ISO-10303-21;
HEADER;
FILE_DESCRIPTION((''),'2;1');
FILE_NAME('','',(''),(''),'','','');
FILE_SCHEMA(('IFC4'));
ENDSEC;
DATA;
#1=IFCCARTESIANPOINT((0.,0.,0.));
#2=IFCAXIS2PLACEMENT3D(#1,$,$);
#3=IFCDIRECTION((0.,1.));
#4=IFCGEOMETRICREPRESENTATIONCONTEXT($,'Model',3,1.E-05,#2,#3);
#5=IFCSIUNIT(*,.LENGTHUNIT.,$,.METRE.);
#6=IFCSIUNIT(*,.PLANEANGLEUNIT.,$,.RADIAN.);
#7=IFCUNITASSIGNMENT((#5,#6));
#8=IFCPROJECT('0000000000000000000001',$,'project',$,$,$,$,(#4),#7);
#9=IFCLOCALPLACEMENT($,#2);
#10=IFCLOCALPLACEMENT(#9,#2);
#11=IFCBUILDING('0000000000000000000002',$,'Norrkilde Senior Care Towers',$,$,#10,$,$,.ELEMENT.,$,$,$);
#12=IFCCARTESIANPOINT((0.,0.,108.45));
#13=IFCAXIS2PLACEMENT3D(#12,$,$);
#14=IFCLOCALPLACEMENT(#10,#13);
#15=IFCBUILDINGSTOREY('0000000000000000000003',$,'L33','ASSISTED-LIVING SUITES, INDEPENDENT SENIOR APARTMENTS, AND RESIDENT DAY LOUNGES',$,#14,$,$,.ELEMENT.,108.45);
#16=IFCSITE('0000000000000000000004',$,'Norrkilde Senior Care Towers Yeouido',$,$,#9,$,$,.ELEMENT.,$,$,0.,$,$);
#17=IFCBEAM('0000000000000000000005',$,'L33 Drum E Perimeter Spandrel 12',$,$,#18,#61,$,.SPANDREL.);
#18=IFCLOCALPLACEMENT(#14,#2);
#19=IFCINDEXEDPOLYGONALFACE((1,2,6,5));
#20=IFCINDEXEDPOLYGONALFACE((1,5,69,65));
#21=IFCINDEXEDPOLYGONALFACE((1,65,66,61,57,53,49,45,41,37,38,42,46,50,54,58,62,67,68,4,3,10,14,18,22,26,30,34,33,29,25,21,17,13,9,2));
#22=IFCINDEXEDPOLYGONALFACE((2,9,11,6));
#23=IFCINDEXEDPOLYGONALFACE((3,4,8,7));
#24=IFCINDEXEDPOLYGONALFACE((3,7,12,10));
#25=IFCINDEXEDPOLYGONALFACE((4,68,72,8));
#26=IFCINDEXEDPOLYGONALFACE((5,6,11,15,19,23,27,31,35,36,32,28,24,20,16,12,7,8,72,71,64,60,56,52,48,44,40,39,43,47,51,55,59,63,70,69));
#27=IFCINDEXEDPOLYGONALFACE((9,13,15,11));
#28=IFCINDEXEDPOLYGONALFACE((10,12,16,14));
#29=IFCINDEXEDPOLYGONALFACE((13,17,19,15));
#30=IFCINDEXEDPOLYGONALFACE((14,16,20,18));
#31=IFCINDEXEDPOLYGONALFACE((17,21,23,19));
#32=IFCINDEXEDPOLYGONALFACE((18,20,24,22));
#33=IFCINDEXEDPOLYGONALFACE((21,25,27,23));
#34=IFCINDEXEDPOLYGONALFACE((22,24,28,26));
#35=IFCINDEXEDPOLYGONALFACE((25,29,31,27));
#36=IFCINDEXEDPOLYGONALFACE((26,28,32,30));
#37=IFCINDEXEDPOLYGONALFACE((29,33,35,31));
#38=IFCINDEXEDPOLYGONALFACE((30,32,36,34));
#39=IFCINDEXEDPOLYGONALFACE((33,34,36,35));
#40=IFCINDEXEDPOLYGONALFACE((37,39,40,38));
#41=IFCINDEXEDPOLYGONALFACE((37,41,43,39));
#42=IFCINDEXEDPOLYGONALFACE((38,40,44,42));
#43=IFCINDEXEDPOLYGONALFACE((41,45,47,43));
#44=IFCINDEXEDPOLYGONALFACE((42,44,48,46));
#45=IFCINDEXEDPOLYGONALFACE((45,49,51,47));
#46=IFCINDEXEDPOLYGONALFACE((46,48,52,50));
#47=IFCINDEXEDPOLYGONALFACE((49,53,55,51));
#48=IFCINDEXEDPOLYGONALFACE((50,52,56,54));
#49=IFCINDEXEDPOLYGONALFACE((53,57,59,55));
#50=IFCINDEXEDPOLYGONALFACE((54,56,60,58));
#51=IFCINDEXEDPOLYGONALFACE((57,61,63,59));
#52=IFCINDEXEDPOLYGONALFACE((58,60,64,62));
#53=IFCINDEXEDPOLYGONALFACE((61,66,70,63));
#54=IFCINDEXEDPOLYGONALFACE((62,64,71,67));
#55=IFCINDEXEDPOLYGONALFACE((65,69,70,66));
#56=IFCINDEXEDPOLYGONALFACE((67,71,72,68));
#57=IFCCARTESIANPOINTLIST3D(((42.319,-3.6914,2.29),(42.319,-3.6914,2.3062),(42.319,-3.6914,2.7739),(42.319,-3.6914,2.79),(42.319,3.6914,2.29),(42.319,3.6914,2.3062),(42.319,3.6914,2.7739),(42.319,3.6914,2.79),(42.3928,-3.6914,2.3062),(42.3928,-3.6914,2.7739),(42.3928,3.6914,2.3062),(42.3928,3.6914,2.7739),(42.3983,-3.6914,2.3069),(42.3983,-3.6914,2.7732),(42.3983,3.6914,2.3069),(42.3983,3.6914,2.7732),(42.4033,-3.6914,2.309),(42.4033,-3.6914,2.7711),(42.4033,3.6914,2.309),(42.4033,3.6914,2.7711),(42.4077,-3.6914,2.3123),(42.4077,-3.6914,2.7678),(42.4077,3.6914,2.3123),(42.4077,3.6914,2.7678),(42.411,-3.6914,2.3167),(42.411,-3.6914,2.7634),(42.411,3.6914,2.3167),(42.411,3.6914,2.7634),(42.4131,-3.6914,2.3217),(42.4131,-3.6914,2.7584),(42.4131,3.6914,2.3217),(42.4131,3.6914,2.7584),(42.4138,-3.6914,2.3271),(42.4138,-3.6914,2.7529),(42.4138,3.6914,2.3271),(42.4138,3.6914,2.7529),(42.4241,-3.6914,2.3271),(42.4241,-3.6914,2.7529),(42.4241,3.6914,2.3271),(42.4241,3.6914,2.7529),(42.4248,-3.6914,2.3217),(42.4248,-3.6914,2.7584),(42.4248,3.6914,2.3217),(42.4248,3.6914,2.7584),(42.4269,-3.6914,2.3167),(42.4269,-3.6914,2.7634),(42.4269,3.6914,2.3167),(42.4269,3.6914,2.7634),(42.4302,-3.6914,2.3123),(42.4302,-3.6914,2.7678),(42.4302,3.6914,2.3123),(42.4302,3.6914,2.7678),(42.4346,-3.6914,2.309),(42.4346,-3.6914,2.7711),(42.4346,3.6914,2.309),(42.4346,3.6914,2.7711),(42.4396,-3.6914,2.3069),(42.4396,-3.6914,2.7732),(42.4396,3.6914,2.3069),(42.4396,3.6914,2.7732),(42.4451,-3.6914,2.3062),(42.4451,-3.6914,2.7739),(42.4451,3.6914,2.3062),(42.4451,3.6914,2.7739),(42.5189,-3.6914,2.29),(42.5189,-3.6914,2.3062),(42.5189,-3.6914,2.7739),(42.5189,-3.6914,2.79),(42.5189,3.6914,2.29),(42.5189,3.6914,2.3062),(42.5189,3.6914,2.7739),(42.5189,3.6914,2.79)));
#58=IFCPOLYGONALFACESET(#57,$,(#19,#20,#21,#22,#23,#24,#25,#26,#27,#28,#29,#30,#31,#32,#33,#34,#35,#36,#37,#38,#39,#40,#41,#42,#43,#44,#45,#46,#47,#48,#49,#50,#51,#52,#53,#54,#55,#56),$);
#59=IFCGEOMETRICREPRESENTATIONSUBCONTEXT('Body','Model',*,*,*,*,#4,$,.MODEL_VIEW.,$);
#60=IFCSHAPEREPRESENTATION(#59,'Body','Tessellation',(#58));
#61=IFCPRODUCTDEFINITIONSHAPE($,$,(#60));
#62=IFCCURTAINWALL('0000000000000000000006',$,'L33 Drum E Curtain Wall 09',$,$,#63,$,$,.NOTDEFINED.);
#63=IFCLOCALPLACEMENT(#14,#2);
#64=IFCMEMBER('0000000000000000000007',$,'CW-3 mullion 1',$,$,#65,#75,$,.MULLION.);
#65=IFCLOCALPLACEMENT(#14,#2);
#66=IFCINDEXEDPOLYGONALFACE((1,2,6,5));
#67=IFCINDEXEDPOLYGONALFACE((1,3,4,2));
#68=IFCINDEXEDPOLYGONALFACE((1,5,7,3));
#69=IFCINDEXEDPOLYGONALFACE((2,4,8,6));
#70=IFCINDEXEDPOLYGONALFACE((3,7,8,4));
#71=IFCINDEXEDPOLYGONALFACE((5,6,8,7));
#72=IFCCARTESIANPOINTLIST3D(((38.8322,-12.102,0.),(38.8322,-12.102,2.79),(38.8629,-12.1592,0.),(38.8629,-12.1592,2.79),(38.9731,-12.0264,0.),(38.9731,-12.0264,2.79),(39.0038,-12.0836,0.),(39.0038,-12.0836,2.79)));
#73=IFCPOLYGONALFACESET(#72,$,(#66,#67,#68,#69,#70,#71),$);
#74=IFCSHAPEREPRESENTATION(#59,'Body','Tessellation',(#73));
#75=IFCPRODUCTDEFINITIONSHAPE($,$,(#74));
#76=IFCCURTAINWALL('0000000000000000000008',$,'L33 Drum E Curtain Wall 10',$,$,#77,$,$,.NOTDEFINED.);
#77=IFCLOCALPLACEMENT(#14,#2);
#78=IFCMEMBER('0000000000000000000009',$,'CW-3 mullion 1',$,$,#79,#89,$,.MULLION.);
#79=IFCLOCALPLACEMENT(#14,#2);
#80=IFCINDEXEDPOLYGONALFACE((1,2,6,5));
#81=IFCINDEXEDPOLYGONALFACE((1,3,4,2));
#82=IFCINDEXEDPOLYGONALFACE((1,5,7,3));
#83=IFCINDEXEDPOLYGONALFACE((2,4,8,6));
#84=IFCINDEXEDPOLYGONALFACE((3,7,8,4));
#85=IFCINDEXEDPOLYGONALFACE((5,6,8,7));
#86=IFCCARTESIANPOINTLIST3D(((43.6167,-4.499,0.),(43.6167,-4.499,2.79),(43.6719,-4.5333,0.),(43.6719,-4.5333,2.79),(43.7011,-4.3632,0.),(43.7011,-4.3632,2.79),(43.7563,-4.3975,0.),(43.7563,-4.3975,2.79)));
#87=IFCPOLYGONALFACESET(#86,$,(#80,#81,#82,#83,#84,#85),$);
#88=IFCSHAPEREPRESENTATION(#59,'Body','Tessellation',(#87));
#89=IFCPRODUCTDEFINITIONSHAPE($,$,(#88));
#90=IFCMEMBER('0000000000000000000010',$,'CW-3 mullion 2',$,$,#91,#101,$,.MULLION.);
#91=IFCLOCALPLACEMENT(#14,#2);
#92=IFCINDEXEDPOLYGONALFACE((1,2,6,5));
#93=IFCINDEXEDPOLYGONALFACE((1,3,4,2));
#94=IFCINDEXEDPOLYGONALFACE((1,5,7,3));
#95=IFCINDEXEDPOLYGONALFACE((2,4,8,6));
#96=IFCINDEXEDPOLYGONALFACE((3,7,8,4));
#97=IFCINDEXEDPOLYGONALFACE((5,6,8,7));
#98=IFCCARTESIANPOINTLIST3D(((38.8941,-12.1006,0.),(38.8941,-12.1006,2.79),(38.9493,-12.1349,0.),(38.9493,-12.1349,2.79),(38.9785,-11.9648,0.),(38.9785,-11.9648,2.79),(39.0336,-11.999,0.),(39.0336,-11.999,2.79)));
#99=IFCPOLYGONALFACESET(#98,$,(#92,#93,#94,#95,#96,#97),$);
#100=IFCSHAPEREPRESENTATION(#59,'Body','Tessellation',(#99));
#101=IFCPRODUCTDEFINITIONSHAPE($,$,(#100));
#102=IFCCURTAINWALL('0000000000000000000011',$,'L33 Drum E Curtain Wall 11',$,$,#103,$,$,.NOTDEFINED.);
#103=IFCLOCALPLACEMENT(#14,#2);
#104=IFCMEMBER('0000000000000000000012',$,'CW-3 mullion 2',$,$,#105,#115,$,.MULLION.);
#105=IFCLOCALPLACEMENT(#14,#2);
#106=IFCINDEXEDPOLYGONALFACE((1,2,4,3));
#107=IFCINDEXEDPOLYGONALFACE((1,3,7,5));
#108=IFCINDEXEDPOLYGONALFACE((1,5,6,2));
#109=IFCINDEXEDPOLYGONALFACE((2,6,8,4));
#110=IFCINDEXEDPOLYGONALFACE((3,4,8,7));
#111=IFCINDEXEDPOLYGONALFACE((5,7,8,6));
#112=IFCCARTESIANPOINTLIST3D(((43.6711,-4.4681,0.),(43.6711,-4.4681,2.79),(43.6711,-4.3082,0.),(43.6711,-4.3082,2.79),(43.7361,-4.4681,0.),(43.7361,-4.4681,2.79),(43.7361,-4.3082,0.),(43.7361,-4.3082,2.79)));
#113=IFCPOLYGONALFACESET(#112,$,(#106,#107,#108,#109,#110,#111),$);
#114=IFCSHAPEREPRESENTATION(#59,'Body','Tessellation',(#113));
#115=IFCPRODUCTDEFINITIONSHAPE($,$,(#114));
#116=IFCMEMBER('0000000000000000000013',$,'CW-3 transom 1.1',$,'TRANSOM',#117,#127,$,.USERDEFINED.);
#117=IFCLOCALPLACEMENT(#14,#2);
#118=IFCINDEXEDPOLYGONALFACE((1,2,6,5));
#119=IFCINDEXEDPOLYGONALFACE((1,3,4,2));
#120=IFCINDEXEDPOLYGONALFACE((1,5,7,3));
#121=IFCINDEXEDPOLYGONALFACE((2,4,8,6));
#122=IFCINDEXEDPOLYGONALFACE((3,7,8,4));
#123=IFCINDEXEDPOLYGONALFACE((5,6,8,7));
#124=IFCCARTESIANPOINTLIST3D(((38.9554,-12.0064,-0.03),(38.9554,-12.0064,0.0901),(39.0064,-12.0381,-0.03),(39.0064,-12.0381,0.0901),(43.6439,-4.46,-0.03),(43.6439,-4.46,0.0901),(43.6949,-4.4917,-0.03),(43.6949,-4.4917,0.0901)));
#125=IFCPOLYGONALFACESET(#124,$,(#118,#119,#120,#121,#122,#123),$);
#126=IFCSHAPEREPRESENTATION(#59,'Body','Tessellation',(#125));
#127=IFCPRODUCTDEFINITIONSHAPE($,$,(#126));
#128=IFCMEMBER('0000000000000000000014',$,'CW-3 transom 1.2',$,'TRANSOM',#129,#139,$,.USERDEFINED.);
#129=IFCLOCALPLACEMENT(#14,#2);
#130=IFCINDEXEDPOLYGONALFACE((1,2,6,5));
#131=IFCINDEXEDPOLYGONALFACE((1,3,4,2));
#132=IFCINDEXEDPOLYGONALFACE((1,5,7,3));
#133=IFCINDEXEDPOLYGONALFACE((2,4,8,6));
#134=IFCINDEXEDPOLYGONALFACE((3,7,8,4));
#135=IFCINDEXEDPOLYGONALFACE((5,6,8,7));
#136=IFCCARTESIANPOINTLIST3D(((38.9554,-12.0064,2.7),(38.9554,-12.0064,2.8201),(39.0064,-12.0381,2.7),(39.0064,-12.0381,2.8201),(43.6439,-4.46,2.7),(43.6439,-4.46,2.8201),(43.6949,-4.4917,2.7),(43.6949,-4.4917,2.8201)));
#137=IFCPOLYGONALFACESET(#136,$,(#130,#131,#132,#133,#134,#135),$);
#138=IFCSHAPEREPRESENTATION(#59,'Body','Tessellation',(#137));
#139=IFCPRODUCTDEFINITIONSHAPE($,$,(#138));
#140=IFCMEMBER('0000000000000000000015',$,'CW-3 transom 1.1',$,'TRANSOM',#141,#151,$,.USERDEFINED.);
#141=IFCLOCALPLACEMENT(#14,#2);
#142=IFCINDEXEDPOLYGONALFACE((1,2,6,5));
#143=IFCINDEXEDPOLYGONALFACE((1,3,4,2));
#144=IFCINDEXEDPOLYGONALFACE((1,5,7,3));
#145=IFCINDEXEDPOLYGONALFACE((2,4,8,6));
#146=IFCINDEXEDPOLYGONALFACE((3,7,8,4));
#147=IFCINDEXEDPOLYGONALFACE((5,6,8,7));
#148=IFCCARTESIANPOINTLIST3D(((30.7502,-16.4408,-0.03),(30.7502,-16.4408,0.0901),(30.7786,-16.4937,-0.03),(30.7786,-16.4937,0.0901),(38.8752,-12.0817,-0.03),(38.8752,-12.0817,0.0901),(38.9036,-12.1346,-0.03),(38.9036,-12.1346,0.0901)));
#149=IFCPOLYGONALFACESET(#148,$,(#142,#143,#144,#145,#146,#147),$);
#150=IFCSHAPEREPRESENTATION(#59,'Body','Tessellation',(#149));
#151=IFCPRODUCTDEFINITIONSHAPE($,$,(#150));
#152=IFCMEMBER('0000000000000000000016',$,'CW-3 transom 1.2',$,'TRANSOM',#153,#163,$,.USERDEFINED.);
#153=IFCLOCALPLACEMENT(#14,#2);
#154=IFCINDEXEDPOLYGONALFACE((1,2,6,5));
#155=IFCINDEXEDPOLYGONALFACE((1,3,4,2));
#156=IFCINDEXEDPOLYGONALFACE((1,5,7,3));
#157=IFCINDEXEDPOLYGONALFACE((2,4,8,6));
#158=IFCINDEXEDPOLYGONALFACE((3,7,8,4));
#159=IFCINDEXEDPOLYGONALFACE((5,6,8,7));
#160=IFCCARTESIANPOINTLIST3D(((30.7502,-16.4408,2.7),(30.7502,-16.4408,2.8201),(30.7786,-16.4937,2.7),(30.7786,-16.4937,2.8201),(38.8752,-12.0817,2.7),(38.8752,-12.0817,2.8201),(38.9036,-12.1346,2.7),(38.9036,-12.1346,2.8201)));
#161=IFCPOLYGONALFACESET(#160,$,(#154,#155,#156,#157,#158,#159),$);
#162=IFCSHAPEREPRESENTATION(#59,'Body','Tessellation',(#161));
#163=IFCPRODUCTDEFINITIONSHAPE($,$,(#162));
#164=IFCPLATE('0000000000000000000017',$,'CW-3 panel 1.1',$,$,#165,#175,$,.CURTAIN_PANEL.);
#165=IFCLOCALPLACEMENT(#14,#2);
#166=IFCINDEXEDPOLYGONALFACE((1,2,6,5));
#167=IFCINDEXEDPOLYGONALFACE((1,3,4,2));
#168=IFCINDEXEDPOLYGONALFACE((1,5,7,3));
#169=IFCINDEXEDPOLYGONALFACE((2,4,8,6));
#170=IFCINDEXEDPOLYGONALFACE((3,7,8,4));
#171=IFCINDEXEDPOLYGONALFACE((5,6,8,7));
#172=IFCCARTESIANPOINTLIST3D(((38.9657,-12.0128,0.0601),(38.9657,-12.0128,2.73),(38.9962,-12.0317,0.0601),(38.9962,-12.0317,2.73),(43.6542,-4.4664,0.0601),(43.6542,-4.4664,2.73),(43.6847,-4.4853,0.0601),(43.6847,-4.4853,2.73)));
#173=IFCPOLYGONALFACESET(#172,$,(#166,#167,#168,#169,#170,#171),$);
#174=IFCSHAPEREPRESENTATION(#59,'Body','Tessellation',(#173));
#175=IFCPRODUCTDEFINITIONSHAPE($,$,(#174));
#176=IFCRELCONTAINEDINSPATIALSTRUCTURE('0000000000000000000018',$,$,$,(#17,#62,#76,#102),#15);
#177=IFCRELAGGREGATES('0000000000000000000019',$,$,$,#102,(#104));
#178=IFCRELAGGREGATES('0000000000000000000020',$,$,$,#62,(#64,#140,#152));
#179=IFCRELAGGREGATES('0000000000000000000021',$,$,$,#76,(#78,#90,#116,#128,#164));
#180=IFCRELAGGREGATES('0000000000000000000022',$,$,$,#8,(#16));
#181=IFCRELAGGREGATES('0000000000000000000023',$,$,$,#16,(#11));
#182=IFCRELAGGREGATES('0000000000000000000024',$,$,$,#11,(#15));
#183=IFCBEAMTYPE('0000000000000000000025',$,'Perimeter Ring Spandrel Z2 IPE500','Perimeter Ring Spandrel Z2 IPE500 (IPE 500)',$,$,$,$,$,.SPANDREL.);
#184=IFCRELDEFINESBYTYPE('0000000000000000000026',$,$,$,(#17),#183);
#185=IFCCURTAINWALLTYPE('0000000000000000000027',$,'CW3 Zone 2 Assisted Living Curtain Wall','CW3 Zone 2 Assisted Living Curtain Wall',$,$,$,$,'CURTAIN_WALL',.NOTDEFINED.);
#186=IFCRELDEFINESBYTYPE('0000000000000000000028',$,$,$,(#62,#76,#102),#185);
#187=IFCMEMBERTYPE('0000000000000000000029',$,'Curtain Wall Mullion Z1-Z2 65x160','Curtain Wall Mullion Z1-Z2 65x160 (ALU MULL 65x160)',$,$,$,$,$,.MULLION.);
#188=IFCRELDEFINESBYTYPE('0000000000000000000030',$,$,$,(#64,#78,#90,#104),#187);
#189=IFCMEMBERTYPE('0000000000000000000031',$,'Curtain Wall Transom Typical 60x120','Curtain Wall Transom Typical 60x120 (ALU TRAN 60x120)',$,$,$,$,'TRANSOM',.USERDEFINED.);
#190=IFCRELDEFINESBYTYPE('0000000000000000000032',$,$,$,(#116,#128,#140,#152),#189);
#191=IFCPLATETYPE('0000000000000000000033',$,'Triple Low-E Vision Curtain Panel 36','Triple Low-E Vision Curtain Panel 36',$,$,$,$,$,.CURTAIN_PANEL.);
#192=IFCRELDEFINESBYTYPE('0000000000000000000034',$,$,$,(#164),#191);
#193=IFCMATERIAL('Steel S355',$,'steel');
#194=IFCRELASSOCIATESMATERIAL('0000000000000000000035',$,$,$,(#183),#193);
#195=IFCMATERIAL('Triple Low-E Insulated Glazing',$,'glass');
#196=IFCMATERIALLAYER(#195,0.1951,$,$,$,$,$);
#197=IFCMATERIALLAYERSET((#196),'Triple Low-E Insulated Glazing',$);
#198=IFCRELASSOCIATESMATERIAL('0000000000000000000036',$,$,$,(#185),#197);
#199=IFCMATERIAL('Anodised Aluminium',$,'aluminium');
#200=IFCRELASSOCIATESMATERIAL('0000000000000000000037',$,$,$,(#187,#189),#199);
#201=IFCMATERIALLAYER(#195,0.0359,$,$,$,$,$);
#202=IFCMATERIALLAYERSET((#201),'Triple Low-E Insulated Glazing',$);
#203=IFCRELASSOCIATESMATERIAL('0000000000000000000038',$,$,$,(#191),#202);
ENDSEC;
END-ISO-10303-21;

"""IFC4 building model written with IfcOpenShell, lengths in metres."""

from ifc_helpers import new_model, si_unit, direction, frame, origin, origin_2d, place, context, subcontext, project, spatial, rectangle, i_section, extrude, source, transform, mapped, material, layer, layer_set, material_profile, profile_set, type_object, type_shapes, element, aggregate, save


model = new_model("IFC4")

# Units and contexts
model_context = context("Model", 3, precision=1e-05, world=origin(), true_north=direction((0.0, 1.0)))
body_context = subcontext(model_context, "Body", "Model", "MODEL_VIEW")
ifc_project = project(units=[si_unit("LENGTHUNIT", "METRE"), si_unit("PLANEANGLEUNIT", "RADIAN")], contexts=[model_context])

# Site, building, storey
site_placement = place(None, origin())
site = spatial("IfcSite", under=ifc_project, at=site_placement, Name="Norrkilde Senior Care Towers Yeouido", CompositionType="ELEMENT", RefElevation=0.0)
building_placement = place(site_placement, origin())
building = spatial("IfcBuilding", under=site, at=building_placement, Name="Norrkilde Senior Care Towers", CompositionType="ELEMENT")
storey_placement = place(building_placement, frame((0.0, 0.0, 108.45)))
storey = spatial("IfcBuildingStorey", under=building, at=storey_placement, Name="L33", Description="ASSISTED-LIVING SUITES, INDEPENDENT SENIOR APARTMENTS, AND RESIDENT DAY LOUNGES", CompositionType="ELEMENT", Elevation=108.45)

# Beam
ifc_material_1 = material(Name="Steel S355", Category="steel")
ifc_material_profile_1 = material_profile(ifc_material_1, i_section(OverallWidth=0.2, OverallDepth=0.5, WebThickness=0.0103, FlangeThickness=0.0161, FilletRadius=0.021, at=origin_2d()), Name="IPE 500")
ifc_profile_set_1 = profile_set([ifc_material_profile_1], Name="Steel S355")
beam_type_1 = type_object("IfcBeamType", Name="Perimeter Ring Spandrel Z2 IPE500", Description="Perimeter Ring Spandrel Z2 IPE500 (IPE 500)", PredefinedType="SPANDREL", material=ifc_profile_set_1)
shared_shape_1 = source(origin(), body_context, "Body", "SweptSolid", [
    extrude(i_section(OverallWidth=0.2, OverallDepth=0.5, WebThickness=0.0103, FlangeThickness=0.0161, FilletRadius=0.021, at=origin_2d()), origin(), (0.0, 0.0, 1.0), 7.3828),
])
beam_1_placement = place(storey_placement, frame((42.4189, -3.6914, 2.54), z_axis=(0.0, 1.0, 0.0), x_axis=(-1.0, 0.0, 0.0)))
element("IfcBeam", 1, at=beam_1_placement, inside=storey, type_object=beam_type_1, Name="L33 Drum E Perimeter Spandrel 12", PredefinedType="SPANDREL", context=body_context, shape_type="MappedRepresentation", body=[
    mapped(shared_shape_1, transform((0.0, 0.0, 0.0), x_axis=(1.0, 0.0, 0.0), y_axis=(0.0, 1.0, 0.0), z_axis=(0.0, 0.0, 1.0), scale=1.0)),
])

# Curtain wall, member
ifc_material_2 = material(Name="Triple Low-E Insulated Glazing", Category="glass")
ifc_layer_1 = layer(ifc_material_2, 0.1951)
ifc_layer_set_1 = layer_set([ifc_layer_1], Name="Triple Low-E Insulated Glazing")
curtain_wall_type = type_object("IfcCurtainWallType", Name="CW3 Zone 2 Assisted Living Curtain Wall", Description="CW3 Zone 2 Assisted Living Curtain Wall", ElementType="CURTAIN_WALL", PredefinedType="NOTDEFINED", material=ifc_layer_set_1)
curtain_wall_1_placement = place(storey_placement, origin())
curtain_wall_1 = element("IfcCurtainWall", 2, at=curtain_wall_1_placement, inside=storey, type_object=curtain_wall_type, Name="L33 Drum E Curtain Wall 09", PredefinedType="NOTDEFINED")
ifc_material_3 = material(Name="Anodised Aluminium", Category="aluminium")
ifc_material_profile_2 = material_profile(ifc_material_3, rectangle(XDim=0.0649, YDim=0.1599, at=origin_2d()), Name="ALU MULL 65x160")
ifc_profile_set_2 = profile_set([ifc_material_profile_2], Name="Anodised Aluminium")
member_type_1 = type_object("IfcMemberType", Name="Curtain Wall Mullion Z1-Z2 65x160", Description="Curtain Wall Mullion Z1-Z2 65x160 (ALU MULL 65x160)", PredefinedType="MULLION", material=ifc_profile_set_2)
shared_shape_2 = source(origin(), body_context, "Body", "SweptSolid", [
    extrude(rectangle(XDim=0.0649, YDim=0.1599, at=origin_2d()), origin(), (0.0, 0.0, 1.0), 2.79),
])
type_shapes(member_type_1, [shared_shape_2])
member_1_placement = place(storey_placement, frame((38.918, -12.0928, 0.0), z_axis=(0.0, 0.0, 1.0), x_axis=(0.472769, -0.881186, 0.0)))
member_1 = element("IfcMember", 3, at=member_1_placement, type_object=member_type_1, Name="CW-3 mullion 1", PredefinedType="MULLION", context=body_context, shape_type="MappedRepresentation", body=[
    mapped(shared_shape_2, transform((0.0, 0.0, 0.0), x_axis=(1.0, 0.0, 0.0), y_axis=(0.0, 1.0, 0.0), z_axis=(0.0, 0.0, 1.0), scale=1.0)),
])

# Curtain wall, members
curtain_wall_2_placement = place(storey_placement, origin())
curtain_wall_2 = element("IfcCurtainWall", 4, at=curtain_wall_2_placement, inside=storey, type_object=curtain_wall_type, Name="L33 Drum E Curtain Wall 10", PredefinedType="NOTDEFINED")
member_2_placement = place(storey_placement, frame((43.6865, -4.4482, 0.0), z_axis=(0.0, 0.0, 1.0), x_axis=(0.84941, -0.527733, 0.0)))
member_2 = element("IfcMember", 5, at=member_2_placement, type_object=member_type_1, Name="CW-3 mullion 1", PredefinedType="MULLION", context=body_context, shape_type="MappedRepresentation", body=[
    mapped(shared_shape_2, transform((0.0, 0.0, 0.0), x_axis=(1.0, 0.0, 0.0), y_axis=(0.0, 1.0, 0.0), z_axis=(0.0, 0.0, 1.0), scale=1.0)),
])
member_3_placement = place(storey_placement, frame((38.9639, -12.0498, 0.0), z_axis=(0.0, 0.0, 1.0), x_axis=(0.84941, -0.527733, 0.0)))
member_3 = element("IfcMember", 6, at=member_3_placement, type_object=member_type_1, Name="CW-3 mullion 2", PredefinedType="MULLION", context=body_context, shape_type="MappedRepresentation", body=[
    mapped(shared_shape_2, transform((0.0, 0.0, 0.0), x_axis=(1.0, 0.0, 0.0), y_axis=(0.0, 1.0, 0.0), z_axis=(0.0, 0.0, 1.0), scale=1.0)),
])

# Curtain wall, member
curtain_wall_3_placement = place(storey_placement, origin())
curtain_wall_3 = element("IfcCurtainWall", 7, at=curtain_wall_3_placement, inside=storey, type_object=curtain_wall_type, Name="L33 Drum E Curtain Wall 11", PredefinedType="NOTDEFINED")
member_4_placement = place(storey_placement, frame((43.7036, -4.3882, 0.0), z_axis=(0.0, 0.0, 1.0), x_axis=(1.0, 0.0, 0.0)))
member_4 = element("IfcMember", 8, at=member_4_placement, type_object=member_type_1, Name="CW-3 mullion 2", PredefinedType="MULLION", context=body_context, shape_type="MappedRepresentation", body=[
    mapped(shared_shape_2, transform((0.0, 0.0, 0.0), x_axis=(1.0, 0.0, 0.0), y_axis=(0.0, 1.0, 0.0), z_axis=(0.0, 0.0, 1.0), scale=1.0)),
])
aggregate(curtain_wall_3, [member_4])

# Members
ifc_material_profile_3 = material_profile(ifc_material_3, rectangle(XDim=0.0601, YDim=0.1201, at=origin_2d()), Name="ALU TRAN 60x120")
ifc_profile_set_3 = profile_set([ifc_material_profile_3], Name="Anodised Aluminium")
member_type_2 = type_object("IfcMemberType", Name="Curtain Wall Transom Typical 60x120", Description="Curtain Wall Transom Typical 60x120 (ALU TRAN 60x120)", ElementType="TRANSOM", PredefinedType="USERDEFINED", material=ifc_profile_set_3)
shared_shape_3 = source(origin(), body_context, "Body", "SweptSolid", [
    extrude(rectangle(XDim=0.0601, YDim=0.1201, at=origin_2d()), origin(), (0.0, 0.0, 1.0), 8.8843),
])
member_5_placement = place(storey_placement, frame((43.6694, -4.4758, 0.03), z_axis=(-0.527729, -0.849413, 0.0), x_axis=(0.849413, -0.527729, 0.0)))
member_5 = element("IfcMember", 9, at=member_5_placement, type_object=member_type_2, Name="CW-3 transom 1.1", ObjectType="TRANSOM", PredefinedType="USERDEFINED", context=body_context, shape_type="MappedRepresentation", body=[
    mapped(shared_shape_3, transform((0.0, 0.0, 0.0), x_axis=(1.0, 0.0, 0.0), y_axis=(0.0, 1.0, 0.0), z_axis=(0.0, 0.0, 1.0), scale=1.0)),
])
member_6_placement = place(storey_placement, frame((43.6694, -4.4758, 2.76), z_axis=(-0.527729, -0.849413, 0.0), x_axis=(0.849413, -0.527729, 0.0)))
member_6 = element("IfcMember", 10, at=member_6_placement, type_object=member_type_2, Name="CW-3 transom 1.2", ObjectType="TRANSOM", PredefinedType="USERDEFINED", context=body_context, shape_type="MappedRepresentation", body=[
    mapped(shared_shape_3, transform((0.0, 0.0, 0.0), x_axis=(1.0, 0.0, 0.0), y_axis=(0.0, 1.0, 0.0), z_axis=(0.0, 0.0, 1.0), scale=1.0)),
])
shared_shape_4 = source(origin(), body_context, "Body", "SweptSolid", [
    extrude(rectangle(XDim=0.0601, YDim=0.1201, at=origin_2d()), origin(), (0.0, 0.0, 1.0), 9.2205),
])
type_shapes(member_type_2, [shared_shape_3, shared_shape_4])
member_7_placement = place(storey_placement, frame((38.8894, -12.1082, 0.03), z_axis=(-0.881189, -0.472765, 0.0), x_axis=(0.472765, -0.881189, 0.0)))
member_7 = element("IfcMember", 11, at=member_7_placement, type_object=member_type_2, Name="CW-3 transom 1.1", ObjectType="TRANSOM", PredefinedType="USERDEFINED", context=body_context, shape_type="MappedRepresentation", body=[
    mapped(shared_shape_4, transform((0.0, 0.0, 0.0), x_axis=(1.0, 0.0, 0.0), y_axis=(0.0, 1.0, 0.0), z_axis=(0.0, 0.0, 1.0), scale=1.0)),
])
member_8_placement = place(storey_placement, frame((38.8894, -12.1082, 2.76), z_axis=(-0.881189, -0.472765, 0.0), x_axis=(0.472765, -0.881189, 0.0)))
member_8 = element("IfcMember", 12, at=member_8_placement, type_object=member_type_2, Name="CW-3 transom 1.2", ObjectType="TRANSOM", PredefinedType="USERDEFINED", context=body_context, shape_type="MappedRepresentation", body=[
    mapped(shared_shape_4, transform((0.0, 0.0, 0.0), x_axis=(1.0, 0.0, 0.0), y_axis=(0.0, 1.0, 0.0), z_axis=(0.0, 0.0, 1.0), scale=1.0)),
])
aggregate(curtain_wall_1, [member_1, member_7, member_8])

# Plate
ifc_layer_2 = layer(ifc_material_2, 0.0359)
ifc_layer_set_2 = layer_set([ifc_layer_2], Name="Triple Low-E Insulated Glazing")
plate_type = type_object("IfcPlateType", Name="Triple Low-E Vision Curtain Panel 36", Description="Triple Low-E Vision Curtain Panel 36", PredefinedType="CURTAIN_PANEL", material=ifc_layer_set_2)
shared_shape_5 = source(origin(), body_context, "Body", "SweptSolid", [
    extrude(rectangle(XDim=8.8843, YDim=0.0359, at=origin_2d()), origin(), (0.0, 0.0, 1.0), 2.6699),
])
type_shapes(plate_type, [shared_shape_5])
plate_placement = place(storey_placement, frame((41.3252, -8.249, 0.0601), z_axis=(0.0, 0.0, 1.0), x_axis=(-0.527733, -0.84941, 0.0)))
plate = element("IfcPlate", 13, at=plate_placement, type_object=plate_type, Name="CW-3 panel 1.1", PredefinedType="CURTAIN_PANEL", context=body_context, shape_type="MappedRepresentation", body=[
    mapped(shared_shape_5, transform((0.0, 0.0, 0.0), x_axis=(1.0, 0.0, 0.0), y_axis=(0.0, 1.0, 0.0), z_axis=(0.0, 0.0, 1.0), scale=1.0)),
])
aggregate(curtain_wall_2, [member_2, member_3, member_5, member_6, plate])

save(model, "model.ifc")
